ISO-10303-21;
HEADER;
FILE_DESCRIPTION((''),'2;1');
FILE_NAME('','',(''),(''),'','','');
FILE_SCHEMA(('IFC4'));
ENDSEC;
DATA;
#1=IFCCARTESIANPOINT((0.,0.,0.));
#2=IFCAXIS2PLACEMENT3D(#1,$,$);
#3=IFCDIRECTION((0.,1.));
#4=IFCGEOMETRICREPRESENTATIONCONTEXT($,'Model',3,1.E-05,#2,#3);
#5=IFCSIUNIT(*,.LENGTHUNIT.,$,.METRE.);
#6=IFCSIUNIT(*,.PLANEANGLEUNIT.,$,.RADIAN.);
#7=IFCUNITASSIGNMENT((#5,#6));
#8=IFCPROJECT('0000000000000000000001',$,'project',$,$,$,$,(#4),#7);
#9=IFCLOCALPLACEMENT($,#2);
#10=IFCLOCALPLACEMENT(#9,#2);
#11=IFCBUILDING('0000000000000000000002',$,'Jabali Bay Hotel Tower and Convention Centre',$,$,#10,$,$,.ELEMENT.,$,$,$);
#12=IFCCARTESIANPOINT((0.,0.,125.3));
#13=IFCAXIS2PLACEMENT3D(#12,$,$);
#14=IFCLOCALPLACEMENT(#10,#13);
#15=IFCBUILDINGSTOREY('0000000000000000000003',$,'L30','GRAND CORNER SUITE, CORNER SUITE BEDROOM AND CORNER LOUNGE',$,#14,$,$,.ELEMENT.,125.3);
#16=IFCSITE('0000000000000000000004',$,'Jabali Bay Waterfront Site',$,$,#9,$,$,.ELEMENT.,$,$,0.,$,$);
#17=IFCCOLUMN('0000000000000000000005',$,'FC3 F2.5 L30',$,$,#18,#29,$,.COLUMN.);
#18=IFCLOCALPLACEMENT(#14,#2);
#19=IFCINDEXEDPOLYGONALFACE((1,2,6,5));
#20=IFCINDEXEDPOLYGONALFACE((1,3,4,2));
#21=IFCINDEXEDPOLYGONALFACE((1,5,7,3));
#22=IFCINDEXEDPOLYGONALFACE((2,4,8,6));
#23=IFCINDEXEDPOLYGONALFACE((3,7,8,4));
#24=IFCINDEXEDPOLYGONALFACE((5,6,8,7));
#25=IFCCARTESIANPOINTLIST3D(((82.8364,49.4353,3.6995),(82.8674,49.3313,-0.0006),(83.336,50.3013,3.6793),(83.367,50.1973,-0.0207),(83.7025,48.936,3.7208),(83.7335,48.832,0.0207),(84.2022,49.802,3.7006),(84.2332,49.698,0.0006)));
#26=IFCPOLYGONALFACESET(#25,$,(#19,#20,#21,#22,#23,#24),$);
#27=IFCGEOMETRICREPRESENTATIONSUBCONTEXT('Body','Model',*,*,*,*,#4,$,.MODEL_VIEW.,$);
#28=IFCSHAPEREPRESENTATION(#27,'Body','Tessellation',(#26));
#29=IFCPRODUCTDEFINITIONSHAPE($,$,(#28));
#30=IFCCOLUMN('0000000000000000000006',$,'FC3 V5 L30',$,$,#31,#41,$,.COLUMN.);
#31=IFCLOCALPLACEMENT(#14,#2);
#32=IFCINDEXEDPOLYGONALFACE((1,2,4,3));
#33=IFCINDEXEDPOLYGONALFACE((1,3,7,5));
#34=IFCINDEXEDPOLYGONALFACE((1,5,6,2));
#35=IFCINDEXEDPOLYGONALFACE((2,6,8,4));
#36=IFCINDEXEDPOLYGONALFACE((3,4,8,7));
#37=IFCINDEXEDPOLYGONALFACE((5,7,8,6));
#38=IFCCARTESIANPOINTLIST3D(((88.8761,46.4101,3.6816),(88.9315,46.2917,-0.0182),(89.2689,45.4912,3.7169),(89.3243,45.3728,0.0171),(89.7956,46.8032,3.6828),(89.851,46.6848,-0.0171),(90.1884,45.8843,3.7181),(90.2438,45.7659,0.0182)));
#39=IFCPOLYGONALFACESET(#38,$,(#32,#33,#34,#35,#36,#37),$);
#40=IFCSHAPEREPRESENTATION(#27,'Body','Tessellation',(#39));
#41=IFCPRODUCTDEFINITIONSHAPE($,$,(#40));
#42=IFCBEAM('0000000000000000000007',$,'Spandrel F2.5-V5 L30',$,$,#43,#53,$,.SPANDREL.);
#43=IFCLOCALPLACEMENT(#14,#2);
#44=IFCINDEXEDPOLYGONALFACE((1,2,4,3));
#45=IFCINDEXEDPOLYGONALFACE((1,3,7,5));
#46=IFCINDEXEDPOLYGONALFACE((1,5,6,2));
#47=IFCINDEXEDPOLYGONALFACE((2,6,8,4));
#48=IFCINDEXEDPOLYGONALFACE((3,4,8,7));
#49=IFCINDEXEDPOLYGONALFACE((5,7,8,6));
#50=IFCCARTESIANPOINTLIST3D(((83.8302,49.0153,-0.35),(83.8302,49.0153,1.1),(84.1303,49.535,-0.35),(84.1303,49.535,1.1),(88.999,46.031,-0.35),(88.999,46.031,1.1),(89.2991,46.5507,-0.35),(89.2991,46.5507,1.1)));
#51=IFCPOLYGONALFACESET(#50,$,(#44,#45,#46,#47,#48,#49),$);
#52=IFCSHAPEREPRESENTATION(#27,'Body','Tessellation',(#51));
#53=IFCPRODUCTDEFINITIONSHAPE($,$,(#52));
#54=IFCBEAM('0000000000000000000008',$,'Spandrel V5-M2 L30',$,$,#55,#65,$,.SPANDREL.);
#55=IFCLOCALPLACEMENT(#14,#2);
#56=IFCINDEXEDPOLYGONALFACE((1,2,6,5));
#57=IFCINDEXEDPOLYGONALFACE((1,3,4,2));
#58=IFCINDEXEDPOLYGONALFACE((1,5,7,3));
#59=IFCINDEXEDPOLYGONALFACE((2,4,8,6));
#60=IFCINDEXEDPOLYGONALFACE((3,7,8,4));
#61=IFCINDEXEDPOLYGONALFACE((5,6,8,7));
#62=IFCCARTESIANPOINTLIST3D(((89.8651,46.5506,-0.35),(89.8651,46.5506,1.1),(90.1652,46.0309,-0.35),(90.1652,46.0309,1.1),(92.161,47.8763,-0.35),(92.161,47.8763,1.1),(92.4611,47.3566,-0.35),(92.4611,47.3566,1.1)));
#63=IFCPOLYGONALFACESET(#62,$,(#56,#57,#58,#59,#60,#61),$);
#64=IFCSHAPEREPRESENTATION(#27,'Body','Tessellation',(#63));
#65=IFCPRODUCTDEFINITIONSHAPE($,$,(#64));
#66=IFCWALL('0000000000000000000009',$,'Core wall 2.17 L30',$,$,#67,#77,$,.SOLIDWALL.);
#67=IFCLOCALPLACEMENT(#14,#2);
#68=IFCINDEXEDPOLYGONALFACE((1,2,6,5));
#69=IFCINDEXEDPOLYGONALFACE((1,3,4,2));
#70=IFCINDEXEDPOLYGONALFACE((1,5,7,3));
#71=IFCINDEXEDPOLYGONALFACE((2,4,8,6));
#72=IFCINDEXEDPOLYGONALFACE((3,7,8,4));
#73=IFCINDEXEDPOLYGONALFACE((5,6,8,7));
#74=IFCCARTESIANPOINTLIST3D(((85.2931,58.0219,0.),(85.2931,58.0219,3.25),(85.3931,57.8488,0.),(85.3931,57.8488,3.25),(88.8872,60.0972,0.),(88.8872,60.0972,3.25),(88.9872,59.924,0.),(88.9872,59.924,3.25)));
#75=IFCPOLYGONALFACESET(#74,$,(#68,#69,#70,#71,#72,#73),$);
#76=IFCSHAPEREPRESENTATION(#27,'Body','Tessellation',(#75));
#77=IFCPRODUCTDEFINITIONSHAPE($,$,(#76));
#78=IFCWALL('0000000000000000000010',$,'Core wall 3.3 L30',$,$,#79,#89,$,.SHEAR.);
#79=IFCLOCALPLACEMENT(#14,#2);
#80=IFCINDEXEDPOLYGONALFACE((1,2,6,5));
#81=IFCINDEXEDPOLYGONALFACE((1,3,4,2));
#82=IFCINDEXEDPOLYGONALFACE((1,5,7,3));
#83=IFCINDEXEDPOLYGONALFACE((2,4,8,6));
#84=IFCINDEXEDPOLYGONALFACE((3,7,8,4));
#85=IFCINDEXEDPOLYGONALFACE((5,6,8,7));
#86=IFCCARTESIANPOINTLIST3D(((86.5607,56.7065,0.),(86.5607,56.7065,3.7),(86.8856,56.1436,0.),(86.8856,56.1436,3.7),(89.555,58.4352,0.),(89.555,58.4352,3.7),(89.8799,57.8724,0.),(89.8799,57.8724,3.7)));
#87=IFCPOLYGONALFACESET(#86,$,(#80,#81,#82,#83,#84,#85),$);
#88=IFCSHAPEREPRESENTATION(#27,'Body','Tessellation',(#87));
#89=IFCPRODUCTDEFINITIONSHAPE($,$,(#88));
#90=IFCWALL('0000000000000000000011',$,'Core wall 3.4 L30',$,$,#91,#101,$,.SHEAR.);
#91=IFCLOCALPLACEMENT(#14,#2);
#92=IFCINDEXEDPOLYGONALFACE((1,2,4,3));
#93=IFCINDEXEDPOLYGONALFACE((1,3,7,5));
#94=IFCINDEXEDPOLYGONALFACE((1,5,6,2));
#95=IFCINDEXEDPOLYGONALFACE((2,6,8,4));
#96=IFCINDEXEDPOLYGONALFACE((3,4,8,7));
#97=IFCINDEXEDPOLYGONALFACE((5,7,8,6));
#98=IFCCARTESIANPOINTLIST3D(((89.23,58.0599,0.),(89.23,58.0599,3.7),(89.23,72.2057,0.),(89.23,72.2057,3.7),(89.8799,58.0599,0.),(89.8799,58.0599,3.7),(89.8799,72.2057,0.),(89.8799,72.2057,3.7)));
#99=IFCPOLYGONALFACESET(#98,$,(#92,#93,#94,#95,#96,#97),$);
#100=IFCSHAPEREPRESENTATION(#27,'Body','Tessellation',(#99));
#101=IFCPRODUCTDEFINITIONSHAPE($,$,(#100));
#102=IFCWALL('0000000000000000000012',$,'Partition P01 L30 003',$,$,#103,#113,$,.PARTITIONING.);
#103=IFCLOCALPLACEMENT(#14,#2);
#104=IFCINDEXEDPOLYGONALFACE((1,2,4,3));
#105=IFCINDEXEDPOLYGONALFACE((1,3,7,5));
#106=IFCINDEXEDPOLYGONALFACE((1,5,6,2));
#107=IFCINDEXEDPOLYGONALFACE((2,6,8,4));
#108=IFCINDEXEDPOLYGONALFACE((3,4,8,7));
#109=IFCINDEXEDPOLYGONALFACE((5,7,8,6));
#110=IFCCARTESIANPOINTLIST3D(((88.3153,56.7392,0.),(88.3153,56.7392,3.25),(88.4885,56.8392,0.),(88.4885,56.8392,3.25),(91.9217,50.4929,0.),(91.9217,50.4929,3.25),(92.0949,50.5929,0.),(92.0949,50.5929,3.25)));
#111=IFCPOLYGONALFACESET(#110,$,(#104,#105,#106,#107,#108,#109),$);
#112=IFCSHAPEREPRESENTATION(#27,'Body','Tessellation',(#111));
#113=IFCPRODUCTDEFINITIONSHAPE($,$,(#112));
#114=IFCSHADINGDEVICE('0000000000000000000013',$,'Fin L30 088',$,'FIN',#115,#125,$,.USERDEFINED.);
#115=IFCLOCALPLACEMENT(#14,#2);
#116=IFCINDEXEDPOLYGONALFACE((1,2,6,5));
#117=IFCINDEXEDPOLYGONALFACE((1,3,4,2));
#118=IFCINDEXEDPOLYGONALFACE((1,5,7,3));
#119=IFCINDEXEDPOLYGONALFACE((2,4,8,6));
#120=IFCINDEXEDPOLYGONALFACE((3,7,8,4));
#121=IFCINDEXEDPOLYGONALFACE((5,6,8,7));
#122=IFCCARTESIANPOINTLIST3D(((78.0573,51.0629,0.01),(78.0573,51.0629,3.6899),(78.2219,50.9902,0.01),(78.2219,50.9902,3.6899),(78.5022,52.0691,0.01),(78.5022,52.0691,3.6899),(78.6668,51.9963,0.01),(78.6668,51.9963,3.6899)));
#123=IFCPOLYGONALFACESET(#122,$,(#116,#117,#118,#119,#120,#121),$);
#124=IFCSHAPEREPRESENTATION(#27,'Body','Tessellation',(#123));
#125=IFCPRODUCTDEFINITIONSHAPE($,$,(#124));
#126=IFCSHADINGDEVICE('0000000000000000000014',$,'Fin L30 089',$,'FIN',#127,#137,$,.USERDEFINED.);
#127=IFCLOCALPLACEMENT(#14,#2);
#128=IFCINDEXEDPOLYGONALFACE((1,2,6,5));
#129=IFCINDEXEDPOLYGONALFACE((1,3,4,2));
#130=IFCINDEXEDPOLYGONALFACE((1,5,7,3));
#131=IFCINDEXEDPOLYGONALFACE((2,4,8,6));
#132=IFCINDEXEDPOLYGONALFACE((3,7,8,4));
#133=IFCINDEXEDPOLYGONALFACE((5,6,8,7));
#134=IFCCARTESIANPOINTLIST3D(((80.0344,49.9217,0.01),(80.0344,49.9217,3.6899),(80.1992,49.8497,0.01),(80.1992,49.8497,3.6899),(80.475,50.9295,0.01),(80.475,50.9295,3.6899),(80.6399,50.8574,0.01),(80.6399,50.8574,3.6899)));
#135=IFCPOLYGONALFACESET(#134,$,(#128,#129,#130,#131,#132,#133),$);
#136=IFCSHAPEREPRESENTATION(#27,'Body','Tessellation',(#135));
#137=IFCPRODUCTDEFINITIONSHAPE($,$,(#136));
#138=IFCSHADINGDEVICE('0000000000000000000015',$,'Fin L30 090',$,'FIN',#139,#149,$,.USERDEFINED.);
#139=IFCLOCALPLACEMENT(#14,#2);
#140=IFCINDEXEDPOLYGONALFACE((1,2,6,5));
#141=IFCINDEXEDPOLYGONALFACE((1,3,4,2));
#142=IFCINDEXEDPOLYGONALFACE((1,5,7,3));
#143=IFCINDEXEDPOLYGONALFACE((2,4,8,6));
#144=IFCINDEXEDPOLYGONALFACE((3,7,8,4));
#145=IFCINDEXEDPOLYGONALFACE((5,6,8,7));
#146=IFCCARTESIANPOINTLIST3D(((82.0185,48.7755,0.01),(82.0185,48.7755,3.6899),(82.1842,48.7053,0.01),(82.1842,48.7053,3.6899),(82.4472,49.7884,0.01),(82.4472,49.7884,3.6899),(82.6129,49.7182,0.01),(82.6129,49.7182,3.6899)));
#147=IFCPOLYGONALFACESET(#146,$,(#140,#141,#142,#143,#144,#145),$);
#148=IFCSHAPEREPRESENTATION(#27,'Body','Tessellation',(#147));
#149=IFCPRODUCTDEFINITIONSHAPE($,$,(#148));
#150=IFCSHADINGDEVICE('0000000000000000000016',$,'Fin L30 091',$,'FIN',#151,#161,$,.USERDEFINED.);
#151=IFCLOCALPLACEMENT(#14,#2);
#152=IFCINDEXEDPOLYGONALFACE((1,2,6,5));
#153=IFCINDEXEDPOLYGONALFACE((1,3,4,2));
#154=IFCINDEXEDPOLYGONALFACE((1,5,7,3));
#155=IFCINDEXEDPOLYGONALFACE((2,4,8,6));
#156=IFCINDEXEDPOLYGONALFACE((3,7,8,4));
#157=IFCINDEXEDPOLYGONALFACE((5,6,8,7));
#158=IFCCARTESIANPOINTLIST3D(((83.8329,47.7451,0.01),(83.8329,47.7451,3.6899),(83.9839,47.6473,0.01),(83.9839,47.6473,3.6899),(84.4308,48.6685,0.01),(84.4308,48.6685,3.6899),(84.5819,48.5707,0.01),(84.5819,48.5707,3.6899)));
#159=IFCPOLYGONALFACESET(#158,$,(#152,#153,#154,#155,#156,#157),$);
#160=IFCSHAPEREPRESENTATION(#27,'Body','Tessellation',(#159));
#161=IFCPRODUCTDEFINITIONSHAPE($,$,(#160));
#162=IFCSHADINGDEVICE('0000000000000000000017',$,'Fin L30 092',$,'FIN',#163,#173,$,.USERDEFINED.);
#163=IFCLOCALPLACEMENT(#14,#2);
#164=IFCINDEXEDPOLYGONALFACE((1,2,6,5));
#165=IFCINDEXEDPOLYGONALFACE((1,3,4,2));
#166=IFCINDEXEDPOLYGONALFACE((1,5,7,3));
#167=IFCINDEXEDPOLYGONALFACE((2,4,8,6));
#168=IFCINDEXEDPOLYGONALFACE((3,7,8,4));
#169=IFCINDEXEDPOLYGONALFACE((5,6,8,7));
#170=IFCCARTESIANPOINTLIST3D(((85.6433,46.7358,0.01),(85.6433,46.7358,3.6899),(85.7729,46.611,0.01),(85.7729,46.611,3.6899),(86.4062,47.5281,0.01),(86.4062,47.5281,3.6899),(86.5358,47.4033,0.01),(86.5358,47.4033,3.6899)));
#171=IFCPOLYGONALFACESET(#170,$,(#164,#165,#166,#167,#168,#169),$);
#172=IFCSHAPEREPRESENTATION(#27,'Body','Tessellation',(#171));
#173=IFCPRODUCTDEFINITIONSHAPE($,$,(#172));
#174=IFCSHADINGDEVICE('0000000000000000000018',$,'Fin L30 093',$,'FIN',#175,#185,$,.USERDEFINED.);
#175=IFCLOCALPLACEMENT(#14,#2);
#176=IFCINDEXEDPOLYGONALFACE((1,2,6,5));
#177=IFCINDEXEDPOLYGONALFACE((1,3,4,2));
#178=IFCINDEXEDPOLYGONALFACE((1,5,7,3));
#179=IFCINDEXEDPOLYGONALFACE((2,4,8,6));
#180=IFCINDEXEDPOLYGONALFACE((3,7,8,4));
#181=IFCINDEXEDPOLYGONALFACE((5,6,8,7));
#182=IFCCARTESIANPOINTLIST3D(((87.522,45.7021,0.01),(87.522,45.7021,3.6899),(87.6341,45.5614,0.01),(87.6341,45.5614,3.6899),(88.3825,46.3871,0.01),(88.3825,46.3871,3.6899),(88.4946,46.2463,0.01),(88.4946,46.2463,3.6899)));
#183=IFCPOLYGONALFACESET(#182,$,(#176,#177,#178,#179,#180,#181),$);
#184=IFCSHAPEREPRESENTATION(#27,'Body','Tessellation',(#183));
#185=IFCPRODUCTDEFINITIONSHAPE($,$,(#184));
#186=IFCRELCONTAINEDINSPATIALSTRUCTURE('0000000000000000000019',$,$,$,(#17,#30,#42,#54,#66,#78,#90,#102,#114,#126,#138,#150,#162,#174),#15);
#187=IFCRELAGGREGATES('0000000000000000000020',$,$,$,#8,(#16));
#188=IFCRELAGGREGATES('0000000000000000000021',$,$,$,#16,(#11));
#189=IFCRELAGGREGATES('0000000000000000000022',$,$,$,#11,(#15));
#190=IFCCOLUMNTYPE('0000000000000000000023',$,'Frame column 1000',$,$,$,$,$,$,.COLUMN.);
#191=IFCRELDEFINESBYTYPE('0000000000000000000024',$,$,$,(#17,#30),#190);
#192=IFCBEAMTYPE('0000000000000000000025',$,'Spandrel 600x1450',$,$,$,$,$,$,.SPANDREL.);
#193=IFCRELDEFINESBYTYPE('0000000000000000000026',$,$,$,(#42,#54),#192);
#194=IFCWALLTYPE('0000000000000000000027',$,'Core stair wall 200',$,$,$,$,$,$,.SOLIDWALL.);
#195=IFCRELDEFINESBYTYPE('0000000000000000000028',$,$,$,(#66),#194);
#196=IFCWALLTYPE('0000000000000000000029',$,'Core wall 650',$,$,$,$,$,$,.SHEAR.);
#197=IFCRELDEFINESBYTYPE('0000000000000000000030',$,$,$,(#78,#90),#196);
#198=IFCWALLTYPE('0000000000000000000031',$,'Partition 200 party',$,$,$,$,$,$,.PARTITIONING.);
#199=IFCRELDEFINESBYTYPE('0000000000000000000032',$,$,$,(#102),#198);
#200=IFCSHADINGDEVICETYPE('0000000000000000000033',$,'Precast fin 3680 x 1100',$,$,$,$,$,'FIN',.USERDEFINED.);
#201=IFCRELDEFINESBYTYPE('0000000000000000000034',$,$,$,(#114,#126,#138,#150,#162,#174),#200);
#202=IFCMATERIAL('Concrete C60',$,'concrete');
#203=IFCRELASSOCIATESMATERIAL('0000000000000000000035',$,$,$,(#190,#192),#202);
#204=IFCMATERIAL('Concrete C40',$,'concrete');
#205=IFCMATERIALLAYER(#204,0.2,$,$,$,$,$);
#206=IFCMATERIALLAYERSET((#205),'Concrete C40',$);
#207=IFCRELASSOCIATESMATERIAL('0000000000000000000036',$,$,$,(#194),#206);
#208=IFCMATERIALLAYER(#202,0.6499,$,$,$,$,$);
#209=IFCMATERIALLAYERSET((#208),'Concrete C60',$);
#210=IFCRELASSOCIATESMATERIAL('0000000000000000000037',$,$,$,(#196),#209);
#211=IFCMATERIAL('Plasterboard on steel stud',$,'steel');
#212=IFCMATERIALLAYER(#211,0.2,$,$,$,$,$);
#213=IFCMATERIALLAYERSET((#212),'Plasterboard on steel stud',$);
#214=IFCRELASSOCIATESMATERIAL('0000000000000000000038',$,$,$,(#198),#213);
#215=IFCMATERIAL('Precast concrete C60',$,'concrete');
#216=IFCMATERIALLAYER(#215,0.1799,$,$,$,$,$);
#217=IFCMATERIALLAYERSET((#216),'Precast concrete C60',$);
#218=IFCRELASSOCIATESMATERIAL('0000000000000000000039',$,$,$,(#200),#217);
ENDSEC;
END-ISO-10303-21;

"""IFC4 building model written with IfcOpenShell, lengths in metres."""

from ifc_helpers import new_model, si_unit, direction, frame, frame_2d, origin, origin_2d, place, context, subcontext, project, spatial, rectangle, extrude, material, layer, layer_set, material_profile, profile_set, type_object, element, save


model = new_model("IFC4")

# Units and contexts
model_context = context("Model", 3, precision=1e-05, world=origin(), true_north=direction((0.0, 1.0)))
body_context = subcontext(model_context, "Body", "Model", "MODEL_VIEW")
ifc_project = project(units=[si_unit("LENGTHUNIT", "METRE"), si_unit("PLANEANGLEUNIT", "RADIAN")], contexts=[model_context])

# Site, building, storey
site_placement = place(None, origin())
site = spatial("IfcSite", under=ifc_project, at=site_placement, Name="Jabali Bay Waterfront Site", CompositionType="ELEMENT", RefElevation=0.0)
building_placement = place(site_placement, origin())
building = spatial("IfcBuilding", under=site, at=building_placement, Name="Jabali Bay Hotel Tower and Convention Centre", CompositionType="ELEMENT")
storey_placement = place(building_placement, frame((0.0, 0.0, 125.3)))
storey = spatial("IfcBuildingStorey", under=building, at=storey_placement, Name="L30", Description="GRAND CORNER SUITE, CORNER SUITE BEDROOM AND CORNER LOUNGE", CompositionType="ELEMENT", Elevation=125.3)

# Columns
ifc_material_1 = material(Name="Concrete C60", Category="concrete")
ifc_material_profile_1 = material_profile(ifc_material_1, rectangle(XDim=1.0, YDim=1.0, at=origin_2d()), Name="Frame column 1000")
ifc_profile_set_1 = profile_set([ifc_material_profile_1], Name="Concrete C60")
column_type = type_object("IfcColumnType", Name="Frame column 1000", PredefinedType="COLUMN", material=ifc_profile_set_1)
column_1_placement = place(storey_placement, frame((83.5503, 49.5146, 0.0), z_axis=(-0.008376, 0.028097, 0.99957), x_axis=(-0.499676, -0.865978, 0.020155)))
element("IfcColumn", 1, at=column_1_placement, inside=storey, type_object=column_type, Name="FC3 F2.5 L30", PredefinedType="COLUMN", context=body_context, shape_type="SweptSolid", body=[
    extrude(rectangle(XDim=1.0, YDim=1.0, at=origin_2d()), origin(), (0.0, 0.0, 1.0), 3.7017),
])
column_2_placement = place(storey_placement, frame((89.5876, 46.0288, 0.0), z_axis=(-0.014969, 0.031983, 0.999376), x_axis=(0.392826, -0.918935, 0.035292)))
element("IfcColumn", 2, at=column_2_placement, inside=storey, type_object=column_type, Name="FC3 V5 L30", PredefinedType="COLUMN", context=body_context, shape_type="SweptSolid", body=[
    extrude(rectangle(XDim=1.0, YDim=1.0, at=origin_2d()), origin(), (0.0, 0.0, 1.0), 3.7021),
])

# Beams
ifc_material_profile_2 = material_profile(ifc_material_1, rectangle(XDim=0.6001, YDim=1.45, at=origin_2d()), Name="Spandrel 600x1450")
ifc_profile_set_2 = profile_set([ifc_material_profile_2], Name="Concrete C60")
beam_type = type_object("IfcBeamType", Name="Spandrel 600x1450", PredefinedType="SPANDREL", material=ifc_profile_set_2)
beam_1_placement = place(storey_placement, frame((83.9802, 49.2751, 0.375), z_axis=(0.866019, -0.50001, 0.0), x_axis=(0.50001, 0.866019, 0.0)))
element("IfcBeam", 3, at=beam_1_placement, inside=storey, type_object=beam_type, Name="Spandrel F2.5-V5 L30", PredefinedType="SPANDREL", context=body_context, shape_type="SweptSolid", body=[
    extrude(rectangle(XDim=0.6001, YDim=1.45, at=origin_2d()), origin(), (0.0, 0.0, 1.0), 5.9685),
])
beam_2_placement = place(storey_placement, frame((90.0151, 46.2908, 0.375), z_axis=(0.866002, 0.500041, 0.0), x_axis=(-0.500041, 0.866002, 0.0)))
element("IfcBeam", 4, at=beam_2_placement, inside=storey, type_object=beam_type, Name="Spandrel V5-M2 L30", PredefinedType="SPANDREL", context=body_context, shape_type="SweptSolid", body=[
    extrude(rectangle(XDim=0.6001, YDim=1.45, at=origin_2d()), origin(), (0.0, 0.0, 1.0), 2.6511),
])

# Walls
ifc_material_2 = material(Name="Concrete C40", Category="concrete")
ifc_layer_1 = layer(ifc_material_2, 0.2)
ifc_layer_set_1 = layer_set([ifc_layer_1], Name="Concrete C40")
wall_type_1 = type_object("IfcWallType", Name="Core stair wall 200", PredefinedType="SOLIDWALL", material=ifc_layer_set_1)
wall_1_placement = place(storey_placement, frame((85.343, 57.9353, 0.0), z_axis=(0.0, 0.0, 1.0), x_axis=(0.866004, 0.500036, 0.0)))
element("IfcWall", 5, at=wall_1_placement, inside=storey, type_object=wall_type_1, Name="Core wall 2.17 L30", PredefinedType="SOLIDWALL", context=body_context, shape_type="SweptSolid", body=[
    extrude(rectangle(XDim=4.1501, YDim=0.2, at=frame_2d((2.0752, 0.0))), origin(), (0.0, 0.0, 1.0), 3.25),
])
ifc_layer_2 = layer(ifc_material_1, 0.6499)
ifc_layer_set_2 = layer_set([ifc_layer_2], Name="Concrete C60")
wall_type_2 = type_object("IfcWallType", Name="Core wall 650", PredefinedType="SHEAR", material=ifc_layer_set_2)
wall_2_placement = place(storey_placement, frame((86.7231, 56.425, 0.0), z_axis=(0.0, 0.0, 1.0), x_axis=(0.866032, 0.499989, 0.0)))
element("IfcWall", 6, at=wall_2_placement, inside=storey, type_object=wall_type_2, Name="Core wall 3.3 L30", PredefinedType="SHEAR", context=body_context, shape_type="SweptSolid", body=[
    extrude(rectangle(XDim=3.4575, YDim=0.6499, at=frame_2d((1.7288, 0.0))), origin(), (0.0, 0.0, 1.0), 3.7),
])
wall_3_placement = place(storey_placement, frame((89.5549, 58.0601, 0.0), z_axis=(0.0, 0.0, 1.0), x_axis=(0.0, 1.0, 0.0)))
element("IfcWall", 7, at=wall_3_placement, inside=storey, type_object=wall_type_2, Name="Core wall 3.4 L30", PredefinedType="SHEAR", context=body_context, shape_type="SweptSolid", body=[
    extrude(rectangle(XDim=14.1458, YDim=0.6499, at=frame_2d((7.0728, 0.0))), origin(), (0.0, 0.0, 1.0), 3.7),
])

# Wall
ifc_material_3 = material(Name="Plasterboard on steel stud", Category="steel")
ifc_layer_3 = layer(ifc_material_3, 0.2)
ifc_layer_set_3 = layer_set([ifc_layer_3], Name="Plasterboard on steel stud")
wall_type_3 = type_object("IfcWallType", Name="Partition 200 party", PredefinedType="PARTITIONING", material=ifc_layer_set_3)
wall_4_placement = place(storey_placement, frame((88.4019, 56.7893, 0.0), z_axis=(0.0, 0.0, 1.0), x_axis=(0.500013, -0.866018, 0.0)))
element("IfcWall", 8, at=wall_4_placement, inside=storey, type_object=wall_type_3, Name="Partition P01 L30 003", PredefinedType="PARTITIONING", context=body_context, shape_type="SweptSolid", body=[
    extrude(rectangle(XDim=7.2126, YDim=0.2, at=frame_2d((3.6064, 0.0))), origin(), (0.0, 0.0, 1.0), 3.25),
])

# Shading devices
ifc_material_4 = material(Name="Precast concrete C60", Category="concrete")
ifc_layer_4 = layer(ifc_material_4, 0.1799)
ifc_layer_set_4 = layer_set([ifc_layer_4], Name="Precast concrete C60")
shading_device_type_1 = type_object("IfcShadingDeviceType", Name="Precast fin 3680 x 1100", ElementType="FIN", PredefinedType="USERDEFINED", material=ifc_layer_set_4)
shading_device_1_placement = place(storey_placement, frame((78.5845, 52.0327, 0.01), z_axis=(0.0, 0.0, 1.0), x_axis=(-0.404367, -0.914597, 0.0)))
element("IfcShadingDevice", 9, at=shading_device_1_placement, inside=storey, type_object=shading_device_type_1, Name="Fin L30 088", ObjectType="FIN", PredefinedType="USERDEFINED", context=body_context, shape_type="SweptSolid", body=[
    extrude(rectangle(XDim=1.1001, YDim=0.1799, at=frame_2d((0.55, 0.0))), origin(), (0.0, 0.0, 1.0), 3.6799),
])
for number, where, z_axis, x_axis, name in (
    (10, (80.5574, 50.8933, 0.01), (0.0, 0.0, 1.0), (-0.400633, -0.916239, 0.0), "Fin L30 089"),
    (11, (82.53, 49.7532, 0.01), (0.0, 0.0, 1.0), (-0.389763, -0.920915, 0.0), "Fin L30 090"),
):
    element("IfcShadingDevice", number, at=place(storey_placement, frame(where, z_axis=z_axis, x_axis=x_axis)), inside=storey, type_object=shading_device_type_1, Name=name, ObjectType="FIN", PredefinedType="USERDEFINED", context=body_context, shape_type="SweptSolid", body=[
        extrude(rectangle(XDim=1.0999, YDim=0.1799, at=frame_2d((0.5498, 0.0))), origin(), (0.0, 0.0, 1.0), 3.6799),
    ])
shading_device_2_placement = place(storey_placement, frame((84.5063, 48.6196, 0.01), z_axis=(0.0, 0.0, 1.0), x_axis=(-0.543537, -0.839386, 0.0)))
element("IfcShadingDevice", 12, at=shading_device_2_placement, inside=storey, type_object=shading_device_type_1, Name="Fin L30 091", ObjectType="FIN", PredefinedType="USERDEFINED", context=body_context, shape_type="SweptSolid", body=[
    extrude(rectangle(XDim=1.1001, YDim=0.1799, at=frame_2d((0.55, 0.0))), origin(), (0.0, 0.0, 1.0), 3.6799),
])
for number, where, z_axis, x_axis, name in (
    (13, (86.4709, 47.4656, 0.01), (0.0, 0.0, 1.0), (-0.693663, -0.7203, 0.0), "Fin L30 092"),
    (14, (88.4385, 46.3167, 0.01), (0.0, 0.0, 1.0), (-0.782382, -0.622798, 0.0), "Fin L30 093"),
):
    element("IfcShadingDevice", number, at=place(storey_placement, frame(where, z_axis=z_axis, x_axis=x_axis)), inside=storey, type_object=shading_device_type_1, Name=name, ObjectType="FIN", PredefinedType="USERDEFINED", context=body_context, shape_type="SweptSolid", body=[
        extrude(rectangle(XDim=1.0999, YDim=0.1799, at=frame_2d((0.5498, 0.0))), origin(), (0.0, 0.0, 1.0), 3.6799),
    ])

save(model, "model.ifc")
